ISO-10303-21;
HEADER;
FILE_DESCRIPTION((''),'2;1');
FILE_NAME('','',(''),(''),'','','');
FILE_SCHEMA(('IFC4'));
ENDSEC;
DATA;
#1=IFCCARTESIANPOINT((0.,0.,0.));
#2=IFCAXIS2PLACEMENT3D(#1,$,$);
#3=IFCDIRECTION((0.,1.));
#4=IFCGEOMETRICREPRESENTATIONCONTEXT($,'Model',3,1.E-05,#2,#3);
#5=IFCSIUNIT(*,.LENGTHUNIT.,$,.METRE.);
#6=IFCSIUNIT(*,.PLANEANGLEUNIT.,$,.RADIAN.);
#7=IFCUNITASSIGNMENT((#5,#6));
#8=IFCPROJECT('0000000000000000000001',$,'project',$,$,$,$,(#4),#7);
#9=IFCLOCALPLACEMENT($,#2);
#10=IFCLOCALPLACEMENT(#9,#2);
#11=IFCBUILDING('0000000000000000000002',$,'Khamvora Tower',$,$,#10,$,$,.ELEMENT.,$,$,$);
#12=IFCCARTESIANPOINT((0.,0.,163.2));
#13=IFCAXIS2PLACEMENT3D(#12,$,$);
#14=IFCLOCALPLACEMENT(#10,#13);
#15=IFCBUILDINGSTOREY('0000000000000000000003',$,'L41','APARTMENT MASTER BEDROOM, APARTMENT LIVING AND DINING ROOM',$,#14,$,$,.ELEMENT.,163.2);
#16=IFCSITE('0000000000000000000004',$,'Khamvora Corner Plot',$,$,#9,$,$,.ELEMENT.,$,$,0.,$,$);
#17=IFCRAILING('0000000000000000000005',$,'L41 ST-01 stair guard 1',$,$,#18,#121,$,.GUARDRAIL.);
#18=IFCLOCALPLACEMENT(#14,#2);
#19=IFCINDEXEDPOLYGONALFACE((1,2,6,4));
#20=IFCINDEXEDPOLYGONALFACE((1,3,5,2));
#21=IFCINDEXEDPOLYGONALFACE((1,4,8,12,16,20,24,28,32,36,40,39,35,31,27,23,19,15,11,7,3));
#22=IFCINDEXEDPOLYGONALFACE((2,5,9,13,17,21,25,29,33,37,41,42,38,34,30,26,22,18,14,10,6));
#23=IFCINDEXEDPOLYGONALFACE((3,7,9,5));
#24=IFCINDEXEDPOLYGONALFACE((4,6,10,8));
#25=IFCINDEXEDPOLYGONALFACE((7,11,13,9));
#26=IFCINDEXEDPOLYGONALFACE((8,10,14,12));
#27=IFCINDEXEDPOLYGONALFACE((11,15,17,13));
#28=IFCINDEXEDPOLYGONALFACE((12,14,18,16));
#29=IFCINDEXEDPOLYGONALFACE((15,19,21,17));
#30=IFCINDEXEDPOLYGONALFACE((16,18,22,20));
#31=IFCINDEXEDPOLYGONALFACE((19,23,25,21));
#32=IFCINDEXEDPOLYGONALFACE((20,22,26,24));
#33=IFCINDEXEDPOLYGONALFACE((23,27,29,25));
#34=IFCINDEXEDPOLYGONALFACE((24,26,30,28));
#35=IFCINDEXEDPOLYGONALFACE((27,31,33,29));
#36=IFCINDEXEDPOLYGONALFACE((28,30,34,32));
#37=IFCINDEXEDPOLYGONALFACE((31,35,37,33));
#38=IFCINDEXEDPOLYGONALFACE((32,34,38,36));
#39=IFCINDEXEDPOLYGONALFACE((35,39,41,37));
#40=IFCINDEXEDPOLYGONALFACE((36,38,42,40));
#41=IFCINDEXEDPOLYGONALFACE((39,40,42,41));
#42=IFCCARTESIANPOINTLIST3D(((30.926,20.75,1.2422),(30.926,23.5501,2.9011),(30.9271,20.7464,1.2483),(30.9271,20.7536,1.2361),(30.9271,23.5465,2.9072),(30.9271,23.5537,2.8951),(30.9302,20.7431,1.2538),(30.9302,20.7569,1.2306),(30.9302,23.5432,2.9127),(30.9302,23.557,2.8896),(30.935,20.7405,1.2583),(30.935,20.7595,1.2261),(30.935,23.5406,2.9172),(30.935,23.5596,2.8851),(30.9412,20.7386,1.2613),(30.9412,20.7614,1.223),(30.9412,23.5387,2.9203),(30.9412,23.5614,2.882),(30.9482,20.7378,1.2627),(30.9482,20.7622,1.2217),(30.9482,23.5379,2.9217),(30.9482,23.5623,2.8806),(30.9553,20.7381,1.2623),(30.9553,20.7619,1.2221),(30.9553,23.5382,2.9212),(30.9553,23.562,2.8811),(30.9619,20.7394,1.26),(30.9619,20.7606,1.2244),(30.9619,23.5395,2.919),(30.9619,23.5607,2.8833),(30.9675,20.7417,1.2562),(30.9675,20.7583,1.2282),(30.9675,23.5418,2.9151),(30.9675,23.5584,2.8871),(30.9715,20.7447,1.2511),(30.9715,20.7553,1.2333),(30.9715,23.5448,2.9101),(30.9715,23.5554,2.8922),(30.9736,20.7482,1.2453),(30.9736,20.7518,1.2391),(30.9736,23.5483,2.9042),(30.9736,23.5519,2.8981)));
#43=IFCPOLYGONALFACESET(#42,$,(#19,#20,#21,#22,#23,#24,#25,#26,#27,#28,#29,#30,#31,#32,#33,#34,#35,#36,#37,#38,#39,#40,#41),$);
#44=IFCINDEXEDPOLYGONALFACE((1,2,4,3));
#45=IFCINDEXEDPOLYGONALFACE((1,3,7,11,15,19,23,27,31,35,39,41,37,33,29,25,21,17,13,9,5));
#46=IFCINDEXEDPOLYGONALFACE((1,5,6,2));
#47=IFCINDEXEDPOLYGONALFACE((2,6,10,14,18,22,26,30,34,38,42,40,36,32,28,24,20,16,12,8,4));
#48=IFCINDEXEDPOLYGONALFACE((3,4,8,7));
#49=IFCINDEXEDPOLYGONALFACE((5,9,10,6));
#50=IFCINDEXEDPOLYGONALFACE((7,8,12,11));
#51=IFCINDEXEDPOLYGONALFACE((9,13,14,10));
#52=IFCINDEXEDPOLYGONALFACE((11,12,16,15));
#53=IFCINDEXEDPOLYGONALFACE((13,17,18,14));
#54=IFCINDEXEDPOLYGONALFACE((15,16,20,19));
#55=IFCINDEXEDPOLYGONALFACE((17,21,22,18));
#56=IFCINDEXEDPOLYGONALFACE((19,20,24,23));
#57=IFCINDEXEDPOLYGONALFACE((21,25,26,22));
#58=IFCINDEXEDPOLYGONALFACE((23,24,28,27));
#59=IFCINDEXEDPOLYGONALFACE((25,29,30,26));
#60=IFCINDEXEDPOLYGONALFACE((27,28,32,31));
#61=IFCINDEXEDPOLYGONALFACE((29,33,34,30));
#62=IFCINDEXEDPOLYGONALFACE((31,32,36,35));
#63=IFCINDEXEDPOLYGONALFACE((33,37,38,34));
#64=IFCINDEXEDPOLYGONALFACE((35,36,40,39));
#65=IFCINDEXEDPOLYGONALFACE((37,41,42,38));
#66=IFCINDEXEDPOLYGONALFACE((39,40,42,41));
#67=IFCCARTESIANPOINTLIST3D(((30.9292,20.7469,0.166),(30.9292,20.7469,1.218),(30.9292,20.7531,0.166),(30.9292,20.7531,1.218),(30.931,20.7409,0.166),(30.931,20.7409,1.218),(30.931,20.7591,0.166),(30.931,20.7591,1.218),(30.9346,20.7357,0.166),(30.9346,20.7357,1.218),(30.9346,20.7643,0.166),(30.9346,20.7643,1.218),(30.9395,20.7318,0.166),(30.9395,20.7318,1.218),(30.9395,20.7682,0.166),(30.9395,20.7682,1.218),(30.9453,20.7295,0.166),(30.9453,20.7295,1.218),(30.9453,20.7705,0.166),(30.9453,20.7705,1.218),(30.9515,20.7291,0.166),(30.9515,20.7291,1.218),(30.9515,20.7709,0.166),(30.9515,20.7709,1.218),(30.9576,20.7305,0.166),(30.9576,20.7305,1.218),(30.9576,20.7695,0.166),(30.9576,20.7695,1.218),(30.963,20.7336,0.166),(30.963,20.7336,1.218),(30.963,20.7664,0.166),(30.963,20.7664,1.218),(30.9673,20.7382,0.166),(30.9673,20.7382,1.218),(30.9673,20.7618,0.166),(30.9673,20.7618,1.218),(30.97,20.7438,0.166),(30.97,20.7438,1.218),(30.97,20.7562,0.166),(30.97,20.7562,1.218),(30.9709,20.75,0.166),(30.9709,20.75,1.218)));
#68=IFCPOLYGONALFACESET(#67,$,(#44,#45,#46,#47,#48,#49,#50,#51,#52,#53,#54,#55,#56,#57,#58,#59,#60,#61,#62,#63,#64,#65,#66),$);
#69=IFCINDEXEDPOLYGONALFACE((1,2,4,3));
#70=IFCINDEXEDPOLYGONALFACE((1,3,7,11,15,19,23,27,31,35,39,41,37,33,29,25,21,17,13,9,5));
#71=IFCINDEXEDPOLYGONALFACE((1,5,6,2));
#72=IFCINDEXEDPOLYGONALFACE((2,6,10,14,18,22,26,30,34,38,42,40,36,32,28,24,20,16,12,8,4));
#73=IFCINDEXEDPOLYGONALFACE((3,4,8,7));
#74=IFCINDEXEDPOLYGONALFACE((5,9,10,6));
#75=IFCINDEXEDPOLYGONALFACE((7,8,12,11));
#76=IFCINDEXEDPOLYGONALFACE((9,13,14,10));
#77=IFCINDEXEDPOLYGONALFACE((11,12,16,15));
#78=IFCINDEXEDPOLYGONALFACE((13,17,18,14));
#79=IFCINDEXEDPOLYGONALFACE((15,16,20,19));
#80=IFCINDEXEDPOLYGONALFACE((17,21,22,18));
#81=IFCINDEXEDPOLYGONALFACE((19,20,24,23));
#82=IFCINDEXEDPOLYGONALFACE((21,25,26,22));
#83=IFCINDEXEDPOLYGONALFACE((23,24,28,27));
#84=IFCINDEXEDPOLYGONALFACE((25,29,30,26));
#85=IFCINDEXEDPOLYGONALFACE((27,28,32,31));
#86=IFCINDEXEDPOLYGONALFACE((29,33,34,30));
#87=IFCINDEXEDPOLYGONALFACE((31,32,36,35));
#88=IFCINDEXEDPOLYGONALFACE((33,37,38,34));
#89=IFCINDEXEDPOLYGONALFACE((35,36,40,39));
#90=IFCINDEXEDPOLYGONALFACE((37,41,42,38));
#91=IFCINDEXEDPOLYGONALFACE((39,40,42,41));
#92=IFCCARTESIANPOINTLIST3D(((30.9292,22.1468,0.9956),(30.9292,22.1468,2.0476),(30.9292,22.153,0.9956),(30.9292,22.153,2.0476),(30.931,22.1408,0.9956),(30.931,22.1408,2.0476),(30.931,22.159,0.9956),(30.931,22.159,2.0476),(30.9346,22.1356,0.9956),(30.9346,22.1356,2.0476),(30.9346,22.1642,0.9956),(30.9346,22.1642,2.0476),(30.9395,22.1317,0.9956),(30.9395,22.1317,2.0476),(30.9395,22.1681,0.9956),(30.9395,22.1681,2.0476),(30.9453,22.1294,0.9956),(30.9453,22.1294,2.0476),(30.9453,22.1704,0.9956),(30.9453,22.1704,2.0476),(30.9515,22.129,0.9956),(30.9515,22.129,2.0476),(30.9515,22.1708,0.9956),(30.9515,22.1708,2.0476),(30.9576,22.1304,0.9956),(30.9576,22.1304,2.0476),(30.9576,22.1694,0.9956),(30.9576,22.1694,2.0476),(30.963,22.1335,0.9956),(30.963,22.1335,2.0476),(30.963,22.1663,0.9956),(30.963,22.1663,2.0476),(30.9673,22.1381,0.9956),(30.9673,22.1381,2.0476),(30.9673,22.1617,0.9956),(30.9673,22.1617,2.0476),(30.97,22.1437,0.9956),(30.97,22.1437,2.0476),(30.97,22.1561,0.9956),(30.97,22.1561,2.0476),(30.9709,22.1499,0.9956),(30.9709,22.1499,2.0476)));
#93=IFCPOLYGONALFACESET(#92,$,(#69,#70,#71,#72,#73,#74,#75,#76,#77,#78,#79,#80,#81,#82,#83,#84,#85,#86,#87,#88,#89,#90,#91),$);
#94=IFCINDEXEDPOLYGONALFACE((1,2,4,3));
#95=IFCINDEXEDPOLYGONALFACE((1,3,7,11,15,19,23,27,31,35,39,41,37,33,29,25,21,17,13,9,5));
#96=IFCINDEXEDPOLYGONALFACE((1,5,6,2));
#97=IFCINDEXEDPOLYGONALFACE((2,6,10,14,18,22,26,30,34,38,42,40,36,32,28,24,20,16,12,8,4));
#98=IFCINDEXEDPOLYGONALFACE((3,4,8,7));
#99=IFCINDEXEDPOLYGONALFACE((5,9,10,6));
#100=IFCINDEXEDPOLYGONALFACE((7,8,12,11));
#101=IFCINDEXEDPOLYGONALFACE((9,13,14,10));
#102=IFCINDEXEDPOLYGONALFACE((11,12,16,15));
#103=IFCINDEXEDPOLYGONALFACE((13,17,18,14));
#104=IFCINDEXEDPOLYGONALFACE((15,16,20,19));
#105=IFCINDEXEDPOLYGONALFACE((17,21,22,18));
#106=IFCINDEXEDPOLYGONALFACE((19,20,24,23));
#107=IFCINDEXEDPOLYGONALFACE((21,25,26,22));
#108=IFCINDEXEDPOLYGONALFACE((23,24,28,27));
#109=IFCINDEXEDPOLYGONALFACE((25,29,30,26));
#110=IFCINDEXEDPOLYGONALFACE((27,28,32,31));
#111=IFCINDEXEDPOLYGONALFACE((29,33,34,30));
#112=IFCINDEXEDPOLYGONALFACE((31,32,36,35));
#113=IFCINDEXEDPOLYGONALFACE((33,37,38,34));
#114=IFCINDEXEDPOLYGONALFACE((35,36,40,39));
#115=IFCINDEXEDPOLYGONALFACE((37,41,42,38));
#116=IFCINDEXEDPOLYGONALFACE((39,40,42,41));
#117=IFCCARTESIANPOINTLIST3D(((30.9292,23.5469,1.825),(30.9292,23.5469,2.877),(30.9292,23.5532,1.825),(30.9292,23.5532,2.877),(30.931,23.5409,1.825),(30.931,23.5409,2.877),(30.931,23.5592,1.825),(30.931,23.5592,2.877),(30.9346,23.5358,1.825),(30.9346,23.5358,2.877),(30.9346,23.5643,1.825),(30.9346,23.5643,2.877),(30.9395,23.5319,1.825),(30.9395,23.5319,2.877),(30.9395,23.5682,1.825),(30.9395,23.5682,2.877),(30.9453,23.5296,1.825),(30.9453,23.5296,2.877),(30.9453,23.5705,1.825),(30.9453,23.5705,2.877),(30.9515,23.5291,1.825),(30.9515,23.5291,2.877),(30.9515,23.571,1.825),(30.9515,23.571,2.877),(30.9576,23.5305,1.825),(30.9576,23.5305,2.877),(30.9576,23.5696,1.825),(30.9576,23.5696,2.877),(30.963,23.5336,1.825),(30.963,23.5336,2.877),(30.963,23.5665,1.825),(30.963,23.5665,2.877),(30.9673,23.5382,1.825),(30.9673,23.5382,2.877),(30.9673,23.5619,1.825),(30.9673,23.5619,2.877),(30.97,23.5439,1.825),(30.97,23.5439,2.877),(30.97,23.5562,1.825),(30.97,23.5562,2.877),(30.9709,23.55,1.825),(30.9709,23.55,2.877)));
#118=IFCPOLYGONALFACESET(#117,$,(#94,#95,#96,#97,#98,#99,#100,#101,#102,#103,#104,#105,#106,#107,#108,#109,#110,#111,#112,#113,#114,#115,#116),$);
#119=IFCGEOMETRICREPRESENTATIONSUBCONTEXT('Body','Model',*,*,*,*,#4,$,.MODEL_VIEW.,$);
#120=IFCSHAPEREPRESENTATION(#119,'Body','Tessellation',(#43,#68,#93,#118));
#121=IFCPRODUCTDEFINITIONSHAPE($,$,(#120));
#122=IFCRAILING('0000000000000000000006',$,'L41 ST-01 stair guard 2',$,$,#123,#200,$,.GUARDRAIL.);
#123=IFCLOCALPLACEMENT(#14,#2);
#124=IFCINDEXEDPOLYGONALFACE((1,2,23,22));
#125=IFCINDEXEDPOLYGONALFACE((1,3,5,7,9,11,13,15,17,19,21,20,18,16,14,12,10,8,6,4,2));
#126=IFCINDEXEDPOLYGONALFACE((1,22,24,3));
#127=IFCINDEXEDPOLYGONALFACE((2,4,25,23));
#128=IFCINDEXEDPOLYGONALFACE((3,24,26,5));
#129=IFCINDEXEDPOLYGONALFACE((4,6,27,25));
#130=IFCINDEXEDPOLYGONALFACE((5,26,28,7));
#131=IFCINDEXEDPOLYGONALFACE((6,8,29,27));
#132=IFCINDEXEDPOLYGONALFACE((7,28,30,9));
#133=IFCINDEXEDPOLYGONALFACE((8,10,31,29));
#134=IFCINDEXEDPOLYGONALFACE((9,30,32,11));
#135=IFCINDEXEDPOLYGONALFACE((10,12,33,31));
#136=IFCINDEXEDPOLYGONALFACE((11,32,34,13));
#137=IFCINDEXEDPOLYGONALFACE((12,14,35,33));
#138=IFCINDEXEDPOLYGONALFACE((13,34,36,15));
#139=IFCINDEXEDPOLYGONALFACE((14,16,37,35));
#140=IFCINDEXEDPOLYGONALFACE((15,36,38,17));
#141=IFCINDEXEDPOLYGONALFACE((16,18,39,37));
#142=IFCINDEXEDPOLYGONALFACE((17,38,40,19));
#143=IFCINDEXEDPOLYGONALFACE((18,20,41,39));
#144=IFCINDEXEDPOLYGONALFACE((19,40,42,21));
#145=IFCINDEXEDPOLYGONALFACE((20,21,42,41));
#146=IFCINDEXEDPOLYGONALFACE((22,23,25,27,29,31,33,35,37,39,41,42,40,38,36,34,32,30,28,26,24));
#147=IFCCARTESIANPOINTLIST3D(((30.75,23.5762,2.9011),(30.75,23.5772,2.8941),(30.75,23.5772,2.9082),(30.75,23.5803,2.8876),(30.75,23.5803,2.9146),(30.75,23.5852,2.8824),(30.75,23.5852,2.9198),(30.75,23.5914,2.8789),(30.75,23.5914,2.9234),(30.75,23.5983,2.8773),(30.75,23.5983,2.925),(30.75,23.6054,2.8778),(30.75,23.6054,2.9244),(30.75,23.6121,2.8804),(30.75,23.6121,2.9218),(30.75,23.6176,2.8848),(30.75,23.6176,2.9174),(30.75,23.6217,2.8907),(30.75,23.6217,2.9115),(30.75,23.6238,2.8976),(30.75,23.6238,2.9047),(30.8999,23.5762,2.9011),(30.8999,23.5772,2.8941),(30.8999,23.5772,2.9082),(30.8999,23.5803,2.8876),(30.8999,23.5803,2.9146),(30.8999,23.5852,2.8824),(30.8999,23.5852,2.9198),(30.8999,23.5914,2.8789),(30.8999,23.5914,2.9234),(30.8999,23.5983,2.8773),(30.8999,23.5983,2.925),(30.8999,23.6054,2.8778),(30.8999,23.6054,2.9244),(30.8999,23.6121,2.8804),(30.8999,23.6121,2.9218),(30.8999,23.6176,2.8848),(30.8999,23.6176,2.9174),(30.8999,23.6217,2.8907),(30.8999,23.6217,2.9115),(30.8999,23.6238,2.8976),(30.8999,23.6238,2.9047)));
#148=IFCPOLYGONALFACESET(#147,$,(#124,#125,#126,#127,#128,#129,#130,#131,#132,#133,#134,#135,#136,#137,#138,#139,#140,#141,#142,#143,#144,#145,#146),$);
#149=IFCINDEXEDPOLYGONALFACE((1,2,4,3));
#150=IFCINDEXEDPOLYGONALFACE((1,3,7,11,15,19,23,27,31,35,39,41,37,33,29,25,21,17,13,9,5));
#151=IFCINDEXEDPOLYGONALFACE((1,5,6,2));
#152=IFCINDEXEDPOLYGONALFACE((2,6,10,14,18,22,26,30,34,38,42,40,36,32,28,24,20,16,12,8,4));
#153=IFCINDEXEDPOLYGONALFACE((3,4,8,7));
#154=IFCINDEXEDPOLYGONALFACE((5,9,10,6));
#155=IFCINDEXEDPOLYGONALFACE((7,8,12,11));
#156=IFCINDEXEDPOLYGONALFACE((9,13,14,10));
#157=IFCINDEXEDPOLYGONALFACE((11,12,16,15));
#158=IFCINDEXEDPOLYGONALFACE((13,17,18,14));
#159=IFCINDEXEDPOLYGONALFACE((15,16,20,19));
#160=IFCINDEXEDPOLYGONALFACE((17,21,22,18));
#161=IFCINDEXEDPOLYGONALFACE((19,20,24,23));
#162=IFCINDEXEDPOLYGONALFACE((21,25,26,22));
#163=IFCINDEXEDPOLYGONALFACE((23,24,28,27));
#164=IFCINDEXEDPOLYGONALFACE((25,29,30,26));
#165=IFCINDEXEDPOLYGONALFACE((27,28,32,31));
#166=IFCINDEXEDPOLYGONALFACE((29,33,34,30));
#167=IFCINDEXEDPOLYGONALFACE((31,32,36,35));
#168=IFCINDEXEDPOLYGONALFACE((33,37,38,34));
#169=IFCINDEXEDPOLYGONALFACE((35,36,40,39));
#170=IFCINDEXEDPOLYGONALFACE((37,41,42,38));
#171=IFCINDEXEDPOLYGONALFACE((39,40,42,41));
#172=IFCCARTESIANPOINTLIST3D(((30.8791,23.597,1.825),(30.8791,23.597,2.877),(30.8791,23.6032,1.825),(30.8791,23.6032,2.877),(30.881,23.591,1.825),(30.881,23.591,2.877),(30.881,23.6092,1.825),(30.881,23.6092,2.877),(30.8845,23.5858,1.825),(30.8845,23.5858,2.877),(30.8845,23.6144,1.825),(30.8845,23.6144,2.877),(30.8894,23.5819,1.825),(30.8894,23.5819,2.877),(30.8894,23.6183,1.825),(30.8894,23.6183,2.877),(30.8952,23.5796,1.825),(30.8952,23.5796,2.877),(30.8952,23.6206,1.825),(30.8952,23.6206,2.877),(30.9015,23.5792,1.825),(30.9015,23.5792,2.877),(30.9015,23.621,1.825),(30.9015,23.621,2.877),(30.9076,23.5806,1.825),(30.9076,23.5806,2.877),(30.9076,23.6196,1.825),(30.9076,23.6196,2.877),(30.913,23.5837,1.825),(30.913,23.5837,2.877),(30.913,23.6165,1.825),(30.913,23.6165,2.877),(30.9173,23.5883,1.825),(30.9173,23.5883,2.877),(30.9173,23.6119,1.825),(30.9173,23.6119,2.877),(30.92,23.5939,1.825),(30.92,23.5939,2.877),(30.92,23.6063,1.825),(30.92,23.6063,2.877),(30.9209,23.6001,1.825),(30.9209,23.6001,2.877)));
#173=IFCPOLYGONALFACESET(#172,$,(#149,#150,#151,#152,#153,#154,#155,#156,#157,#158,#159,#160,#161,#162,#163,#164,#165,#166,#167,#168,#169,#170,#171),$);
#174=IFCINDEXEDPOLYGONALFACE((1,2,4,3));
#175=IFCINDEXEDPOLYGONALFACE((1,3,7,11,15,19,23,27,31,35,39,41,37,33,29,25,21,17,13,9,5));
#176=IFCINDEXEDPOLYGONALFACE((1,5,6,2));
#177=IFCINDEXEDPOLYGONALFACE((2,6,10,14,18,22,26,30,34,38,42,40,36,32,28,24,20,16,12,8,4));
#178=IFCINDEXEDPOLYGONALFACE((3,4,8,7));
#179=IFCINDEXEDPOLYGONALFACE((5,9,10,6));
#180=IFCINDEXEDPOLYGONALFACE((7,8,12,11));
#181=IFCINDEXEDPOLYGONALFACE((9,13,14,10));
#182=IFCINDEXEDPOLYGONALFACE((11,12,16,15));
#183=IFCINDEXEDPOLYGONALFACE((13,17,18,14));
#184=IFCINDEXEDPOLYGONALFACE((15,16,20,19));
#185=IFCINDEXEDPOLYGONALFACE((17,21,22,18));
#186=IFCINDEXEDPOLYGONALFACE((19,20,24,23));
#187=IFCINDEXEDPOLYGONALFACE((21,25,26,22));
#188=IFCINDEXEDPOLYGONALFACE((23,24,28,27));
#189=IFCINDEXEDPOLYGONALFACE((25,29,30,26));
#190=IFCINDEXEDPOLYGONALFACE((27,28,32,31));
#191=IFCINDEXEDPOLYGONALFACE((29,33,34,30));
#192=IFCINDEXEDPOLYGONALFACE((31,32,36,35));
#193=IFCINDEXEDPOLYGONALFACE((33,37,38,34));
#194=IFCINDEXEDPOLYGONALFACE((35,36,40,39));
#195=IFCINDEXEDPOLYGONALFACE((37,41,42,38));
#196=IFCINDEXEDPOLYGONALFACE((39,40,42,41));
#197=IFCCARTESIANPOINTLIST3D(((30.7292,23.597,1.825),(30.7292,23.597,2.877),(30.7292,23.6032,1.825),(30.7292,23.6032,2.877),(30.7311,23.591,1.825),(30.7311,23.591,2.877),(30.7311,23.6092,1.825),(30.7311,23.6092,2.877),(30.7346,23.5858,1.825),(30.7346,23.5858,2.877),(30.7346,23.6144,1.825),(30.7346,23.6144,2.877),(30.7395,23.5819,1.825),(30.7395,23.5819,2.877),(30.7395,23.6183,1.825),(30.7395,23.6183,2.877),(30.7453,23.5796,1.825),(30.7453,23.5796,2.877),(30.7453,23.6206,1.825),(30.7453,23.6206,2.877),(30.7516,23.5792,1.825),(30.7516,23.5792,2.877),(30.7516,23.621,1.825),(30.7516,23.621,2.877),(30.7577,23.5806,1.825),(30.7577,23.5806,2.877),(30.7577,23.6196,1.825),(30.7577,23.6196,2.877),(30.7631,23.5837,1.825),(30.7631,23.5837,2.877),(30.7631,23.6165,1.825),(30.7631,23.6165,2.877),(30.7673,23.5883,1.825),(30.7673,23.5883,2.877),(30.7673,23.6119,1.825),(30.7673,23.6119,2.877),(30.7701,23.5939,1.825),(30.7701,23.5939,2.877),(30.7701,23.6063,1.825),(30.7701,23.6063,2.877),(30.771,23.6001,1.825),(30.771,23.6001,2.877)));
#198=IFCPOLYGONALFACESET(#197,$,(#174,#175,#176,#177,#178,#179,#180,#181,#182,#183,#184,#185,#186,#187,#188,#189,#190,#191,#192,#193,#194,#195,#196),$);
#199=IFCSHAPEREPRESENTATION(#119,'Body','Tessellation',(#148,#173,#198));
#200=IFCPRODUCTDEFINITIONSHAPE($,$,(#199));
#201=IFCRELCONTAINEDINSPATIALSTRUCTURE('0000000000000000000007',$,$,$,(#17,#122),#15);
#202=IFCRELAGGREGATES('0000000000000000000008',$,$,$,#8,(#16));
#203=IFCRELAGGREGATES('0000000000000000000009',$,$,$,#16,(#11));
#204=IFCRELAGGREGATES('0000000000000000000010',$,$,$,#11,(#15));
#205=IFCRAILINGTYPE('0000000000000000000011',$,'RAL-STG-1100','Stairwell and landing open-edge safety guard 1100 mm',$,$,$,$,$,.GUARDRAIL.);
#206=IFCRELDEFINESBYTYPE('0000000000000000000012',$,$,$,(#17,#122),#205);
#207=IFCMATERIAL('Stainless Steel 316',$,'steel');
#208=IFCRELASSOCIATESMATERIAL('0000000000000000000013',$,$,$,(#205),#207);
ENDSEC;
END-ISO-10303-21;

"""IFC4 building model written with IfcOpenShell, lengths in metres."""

from ifc_helpers import new_model, si_unit, direction, frame, origin, origin_2d, place, context, subcontext, project, spatial, circle, extrude, material, type_object, element, save


model = new_model("IFC4")

# Units and contexts
model_context = context("Model", 3, precision=1e-05, world=origin(), true_north=direction((0.0, 1.0)))
body_context = subcontext(model_context, "Body", "Model", "MODEL_VIEW")
ifc_project = project(units=[si_unit("LENGTHUNIT", "METRE"), si_unit("PLANEANGLEUNIT", "RADIAN")], contexts=[model_context])

# Site, building, storey
site_placement = place(None, origin())
site = spatial("IfcSite", under=ifc_project, at=site_placement, Name="Khamvora Corner Plot", CompositionType="ELEMENT", RefElevation=0.0)
building_placement = place(site_placement, origin())
building = spatial("IfcBuilding", under=site, at=building_placement, Name="Khamvora Tower", CompositionType="ELEMENT")
storey_placement = place(building_placement, frame((0.0, 0.0, 163.2)))
storey = spatial("IfcBuildingStorey", under=building, at=storey_placement, Name="L41", Description="APARTMENT MASTER BEDROOM, APARTMENT LIVING AND DINING ROOM", CompositionType="ELEMENT", Elevation=163.2)

# Railings
ifc_material_1 = material(Name="Stainless Steel 316", Category="steel")
railing_type_1 = type_object("IfcRailingType", Name="RAL-STG-1100", Description="Stairwell and landing open-edge safety guard 1100 mm", PredefinedType="GUARDRAIL", material=ifc_material_1)
railing_1_placement = place(storey_placement, frame((30.95, 20.75, 0.166)))
element("IfcRailing", 1, at=railing_1_placement, inside=storey, type_object=railing_type_1, Name="L41 ST-01 stair guard 1", PredefinedType="GUARDRAIL", context=body_context, shape_type="SweptSolid", body=[
    extrude(circle(Radius=0.0239, at=origin_2d()), frame((0.0, 0.0, 1.0762), z_axis=(0.0, 0.860339, 0.509722), x_axis=(-1.0, 0.0, 0.0)), (0.0, 0.0, 1.0), 3.2546),
    extrude(circle(Radius=0.021, at=origin_2d()), origin(), (0.0, 0.0, 1.0), 1.052),
    extrude(circle(Radius=0.021, at=origin_2d()), frame((0.0, 1.3999, 0.8296)), (0.0, 0.0, 1.0), 1.052),
    extrude(circle(Radius=0.021, at=origin_2d()), frame((0.0, 2.8, 1.6589)), (0.0, 0.0, 1.0), 1.052),
])
railing_2_placement = place(storey_placement, frame((30.8999, 23.6001, 1.825)))
element("IfcRailing", 2, at=railing_2_placement, inside=storey, type_object=railing_type_1, Name="L41 ST-01 stair guard 2", PredefinedType="GUARDRAIL", context=body_context, shape_type="SweptSolid", body=[
    extrude(circle(Radius=0.0239, at=origin_2d()), frame((0.0, 0.0, 1.0762), z_axis=(-1.0, 0.0, 0.0), x_axis=(0.0, -1.0, 0.0)), (0.0, 0.0, 1.0), 0.1499),
    extrude(circle(Radius=0.021, at=origin_2d()), origin(), (0.0, 0.0, 1.0), 1.052),
    extrude(circle(Radius=0.021, at=origin_2d()), frame((-0.1499, 0.0, 0.0)), (0.0, 0.0, 1.0), 1.052),
])

save(model, "model.ifc")
